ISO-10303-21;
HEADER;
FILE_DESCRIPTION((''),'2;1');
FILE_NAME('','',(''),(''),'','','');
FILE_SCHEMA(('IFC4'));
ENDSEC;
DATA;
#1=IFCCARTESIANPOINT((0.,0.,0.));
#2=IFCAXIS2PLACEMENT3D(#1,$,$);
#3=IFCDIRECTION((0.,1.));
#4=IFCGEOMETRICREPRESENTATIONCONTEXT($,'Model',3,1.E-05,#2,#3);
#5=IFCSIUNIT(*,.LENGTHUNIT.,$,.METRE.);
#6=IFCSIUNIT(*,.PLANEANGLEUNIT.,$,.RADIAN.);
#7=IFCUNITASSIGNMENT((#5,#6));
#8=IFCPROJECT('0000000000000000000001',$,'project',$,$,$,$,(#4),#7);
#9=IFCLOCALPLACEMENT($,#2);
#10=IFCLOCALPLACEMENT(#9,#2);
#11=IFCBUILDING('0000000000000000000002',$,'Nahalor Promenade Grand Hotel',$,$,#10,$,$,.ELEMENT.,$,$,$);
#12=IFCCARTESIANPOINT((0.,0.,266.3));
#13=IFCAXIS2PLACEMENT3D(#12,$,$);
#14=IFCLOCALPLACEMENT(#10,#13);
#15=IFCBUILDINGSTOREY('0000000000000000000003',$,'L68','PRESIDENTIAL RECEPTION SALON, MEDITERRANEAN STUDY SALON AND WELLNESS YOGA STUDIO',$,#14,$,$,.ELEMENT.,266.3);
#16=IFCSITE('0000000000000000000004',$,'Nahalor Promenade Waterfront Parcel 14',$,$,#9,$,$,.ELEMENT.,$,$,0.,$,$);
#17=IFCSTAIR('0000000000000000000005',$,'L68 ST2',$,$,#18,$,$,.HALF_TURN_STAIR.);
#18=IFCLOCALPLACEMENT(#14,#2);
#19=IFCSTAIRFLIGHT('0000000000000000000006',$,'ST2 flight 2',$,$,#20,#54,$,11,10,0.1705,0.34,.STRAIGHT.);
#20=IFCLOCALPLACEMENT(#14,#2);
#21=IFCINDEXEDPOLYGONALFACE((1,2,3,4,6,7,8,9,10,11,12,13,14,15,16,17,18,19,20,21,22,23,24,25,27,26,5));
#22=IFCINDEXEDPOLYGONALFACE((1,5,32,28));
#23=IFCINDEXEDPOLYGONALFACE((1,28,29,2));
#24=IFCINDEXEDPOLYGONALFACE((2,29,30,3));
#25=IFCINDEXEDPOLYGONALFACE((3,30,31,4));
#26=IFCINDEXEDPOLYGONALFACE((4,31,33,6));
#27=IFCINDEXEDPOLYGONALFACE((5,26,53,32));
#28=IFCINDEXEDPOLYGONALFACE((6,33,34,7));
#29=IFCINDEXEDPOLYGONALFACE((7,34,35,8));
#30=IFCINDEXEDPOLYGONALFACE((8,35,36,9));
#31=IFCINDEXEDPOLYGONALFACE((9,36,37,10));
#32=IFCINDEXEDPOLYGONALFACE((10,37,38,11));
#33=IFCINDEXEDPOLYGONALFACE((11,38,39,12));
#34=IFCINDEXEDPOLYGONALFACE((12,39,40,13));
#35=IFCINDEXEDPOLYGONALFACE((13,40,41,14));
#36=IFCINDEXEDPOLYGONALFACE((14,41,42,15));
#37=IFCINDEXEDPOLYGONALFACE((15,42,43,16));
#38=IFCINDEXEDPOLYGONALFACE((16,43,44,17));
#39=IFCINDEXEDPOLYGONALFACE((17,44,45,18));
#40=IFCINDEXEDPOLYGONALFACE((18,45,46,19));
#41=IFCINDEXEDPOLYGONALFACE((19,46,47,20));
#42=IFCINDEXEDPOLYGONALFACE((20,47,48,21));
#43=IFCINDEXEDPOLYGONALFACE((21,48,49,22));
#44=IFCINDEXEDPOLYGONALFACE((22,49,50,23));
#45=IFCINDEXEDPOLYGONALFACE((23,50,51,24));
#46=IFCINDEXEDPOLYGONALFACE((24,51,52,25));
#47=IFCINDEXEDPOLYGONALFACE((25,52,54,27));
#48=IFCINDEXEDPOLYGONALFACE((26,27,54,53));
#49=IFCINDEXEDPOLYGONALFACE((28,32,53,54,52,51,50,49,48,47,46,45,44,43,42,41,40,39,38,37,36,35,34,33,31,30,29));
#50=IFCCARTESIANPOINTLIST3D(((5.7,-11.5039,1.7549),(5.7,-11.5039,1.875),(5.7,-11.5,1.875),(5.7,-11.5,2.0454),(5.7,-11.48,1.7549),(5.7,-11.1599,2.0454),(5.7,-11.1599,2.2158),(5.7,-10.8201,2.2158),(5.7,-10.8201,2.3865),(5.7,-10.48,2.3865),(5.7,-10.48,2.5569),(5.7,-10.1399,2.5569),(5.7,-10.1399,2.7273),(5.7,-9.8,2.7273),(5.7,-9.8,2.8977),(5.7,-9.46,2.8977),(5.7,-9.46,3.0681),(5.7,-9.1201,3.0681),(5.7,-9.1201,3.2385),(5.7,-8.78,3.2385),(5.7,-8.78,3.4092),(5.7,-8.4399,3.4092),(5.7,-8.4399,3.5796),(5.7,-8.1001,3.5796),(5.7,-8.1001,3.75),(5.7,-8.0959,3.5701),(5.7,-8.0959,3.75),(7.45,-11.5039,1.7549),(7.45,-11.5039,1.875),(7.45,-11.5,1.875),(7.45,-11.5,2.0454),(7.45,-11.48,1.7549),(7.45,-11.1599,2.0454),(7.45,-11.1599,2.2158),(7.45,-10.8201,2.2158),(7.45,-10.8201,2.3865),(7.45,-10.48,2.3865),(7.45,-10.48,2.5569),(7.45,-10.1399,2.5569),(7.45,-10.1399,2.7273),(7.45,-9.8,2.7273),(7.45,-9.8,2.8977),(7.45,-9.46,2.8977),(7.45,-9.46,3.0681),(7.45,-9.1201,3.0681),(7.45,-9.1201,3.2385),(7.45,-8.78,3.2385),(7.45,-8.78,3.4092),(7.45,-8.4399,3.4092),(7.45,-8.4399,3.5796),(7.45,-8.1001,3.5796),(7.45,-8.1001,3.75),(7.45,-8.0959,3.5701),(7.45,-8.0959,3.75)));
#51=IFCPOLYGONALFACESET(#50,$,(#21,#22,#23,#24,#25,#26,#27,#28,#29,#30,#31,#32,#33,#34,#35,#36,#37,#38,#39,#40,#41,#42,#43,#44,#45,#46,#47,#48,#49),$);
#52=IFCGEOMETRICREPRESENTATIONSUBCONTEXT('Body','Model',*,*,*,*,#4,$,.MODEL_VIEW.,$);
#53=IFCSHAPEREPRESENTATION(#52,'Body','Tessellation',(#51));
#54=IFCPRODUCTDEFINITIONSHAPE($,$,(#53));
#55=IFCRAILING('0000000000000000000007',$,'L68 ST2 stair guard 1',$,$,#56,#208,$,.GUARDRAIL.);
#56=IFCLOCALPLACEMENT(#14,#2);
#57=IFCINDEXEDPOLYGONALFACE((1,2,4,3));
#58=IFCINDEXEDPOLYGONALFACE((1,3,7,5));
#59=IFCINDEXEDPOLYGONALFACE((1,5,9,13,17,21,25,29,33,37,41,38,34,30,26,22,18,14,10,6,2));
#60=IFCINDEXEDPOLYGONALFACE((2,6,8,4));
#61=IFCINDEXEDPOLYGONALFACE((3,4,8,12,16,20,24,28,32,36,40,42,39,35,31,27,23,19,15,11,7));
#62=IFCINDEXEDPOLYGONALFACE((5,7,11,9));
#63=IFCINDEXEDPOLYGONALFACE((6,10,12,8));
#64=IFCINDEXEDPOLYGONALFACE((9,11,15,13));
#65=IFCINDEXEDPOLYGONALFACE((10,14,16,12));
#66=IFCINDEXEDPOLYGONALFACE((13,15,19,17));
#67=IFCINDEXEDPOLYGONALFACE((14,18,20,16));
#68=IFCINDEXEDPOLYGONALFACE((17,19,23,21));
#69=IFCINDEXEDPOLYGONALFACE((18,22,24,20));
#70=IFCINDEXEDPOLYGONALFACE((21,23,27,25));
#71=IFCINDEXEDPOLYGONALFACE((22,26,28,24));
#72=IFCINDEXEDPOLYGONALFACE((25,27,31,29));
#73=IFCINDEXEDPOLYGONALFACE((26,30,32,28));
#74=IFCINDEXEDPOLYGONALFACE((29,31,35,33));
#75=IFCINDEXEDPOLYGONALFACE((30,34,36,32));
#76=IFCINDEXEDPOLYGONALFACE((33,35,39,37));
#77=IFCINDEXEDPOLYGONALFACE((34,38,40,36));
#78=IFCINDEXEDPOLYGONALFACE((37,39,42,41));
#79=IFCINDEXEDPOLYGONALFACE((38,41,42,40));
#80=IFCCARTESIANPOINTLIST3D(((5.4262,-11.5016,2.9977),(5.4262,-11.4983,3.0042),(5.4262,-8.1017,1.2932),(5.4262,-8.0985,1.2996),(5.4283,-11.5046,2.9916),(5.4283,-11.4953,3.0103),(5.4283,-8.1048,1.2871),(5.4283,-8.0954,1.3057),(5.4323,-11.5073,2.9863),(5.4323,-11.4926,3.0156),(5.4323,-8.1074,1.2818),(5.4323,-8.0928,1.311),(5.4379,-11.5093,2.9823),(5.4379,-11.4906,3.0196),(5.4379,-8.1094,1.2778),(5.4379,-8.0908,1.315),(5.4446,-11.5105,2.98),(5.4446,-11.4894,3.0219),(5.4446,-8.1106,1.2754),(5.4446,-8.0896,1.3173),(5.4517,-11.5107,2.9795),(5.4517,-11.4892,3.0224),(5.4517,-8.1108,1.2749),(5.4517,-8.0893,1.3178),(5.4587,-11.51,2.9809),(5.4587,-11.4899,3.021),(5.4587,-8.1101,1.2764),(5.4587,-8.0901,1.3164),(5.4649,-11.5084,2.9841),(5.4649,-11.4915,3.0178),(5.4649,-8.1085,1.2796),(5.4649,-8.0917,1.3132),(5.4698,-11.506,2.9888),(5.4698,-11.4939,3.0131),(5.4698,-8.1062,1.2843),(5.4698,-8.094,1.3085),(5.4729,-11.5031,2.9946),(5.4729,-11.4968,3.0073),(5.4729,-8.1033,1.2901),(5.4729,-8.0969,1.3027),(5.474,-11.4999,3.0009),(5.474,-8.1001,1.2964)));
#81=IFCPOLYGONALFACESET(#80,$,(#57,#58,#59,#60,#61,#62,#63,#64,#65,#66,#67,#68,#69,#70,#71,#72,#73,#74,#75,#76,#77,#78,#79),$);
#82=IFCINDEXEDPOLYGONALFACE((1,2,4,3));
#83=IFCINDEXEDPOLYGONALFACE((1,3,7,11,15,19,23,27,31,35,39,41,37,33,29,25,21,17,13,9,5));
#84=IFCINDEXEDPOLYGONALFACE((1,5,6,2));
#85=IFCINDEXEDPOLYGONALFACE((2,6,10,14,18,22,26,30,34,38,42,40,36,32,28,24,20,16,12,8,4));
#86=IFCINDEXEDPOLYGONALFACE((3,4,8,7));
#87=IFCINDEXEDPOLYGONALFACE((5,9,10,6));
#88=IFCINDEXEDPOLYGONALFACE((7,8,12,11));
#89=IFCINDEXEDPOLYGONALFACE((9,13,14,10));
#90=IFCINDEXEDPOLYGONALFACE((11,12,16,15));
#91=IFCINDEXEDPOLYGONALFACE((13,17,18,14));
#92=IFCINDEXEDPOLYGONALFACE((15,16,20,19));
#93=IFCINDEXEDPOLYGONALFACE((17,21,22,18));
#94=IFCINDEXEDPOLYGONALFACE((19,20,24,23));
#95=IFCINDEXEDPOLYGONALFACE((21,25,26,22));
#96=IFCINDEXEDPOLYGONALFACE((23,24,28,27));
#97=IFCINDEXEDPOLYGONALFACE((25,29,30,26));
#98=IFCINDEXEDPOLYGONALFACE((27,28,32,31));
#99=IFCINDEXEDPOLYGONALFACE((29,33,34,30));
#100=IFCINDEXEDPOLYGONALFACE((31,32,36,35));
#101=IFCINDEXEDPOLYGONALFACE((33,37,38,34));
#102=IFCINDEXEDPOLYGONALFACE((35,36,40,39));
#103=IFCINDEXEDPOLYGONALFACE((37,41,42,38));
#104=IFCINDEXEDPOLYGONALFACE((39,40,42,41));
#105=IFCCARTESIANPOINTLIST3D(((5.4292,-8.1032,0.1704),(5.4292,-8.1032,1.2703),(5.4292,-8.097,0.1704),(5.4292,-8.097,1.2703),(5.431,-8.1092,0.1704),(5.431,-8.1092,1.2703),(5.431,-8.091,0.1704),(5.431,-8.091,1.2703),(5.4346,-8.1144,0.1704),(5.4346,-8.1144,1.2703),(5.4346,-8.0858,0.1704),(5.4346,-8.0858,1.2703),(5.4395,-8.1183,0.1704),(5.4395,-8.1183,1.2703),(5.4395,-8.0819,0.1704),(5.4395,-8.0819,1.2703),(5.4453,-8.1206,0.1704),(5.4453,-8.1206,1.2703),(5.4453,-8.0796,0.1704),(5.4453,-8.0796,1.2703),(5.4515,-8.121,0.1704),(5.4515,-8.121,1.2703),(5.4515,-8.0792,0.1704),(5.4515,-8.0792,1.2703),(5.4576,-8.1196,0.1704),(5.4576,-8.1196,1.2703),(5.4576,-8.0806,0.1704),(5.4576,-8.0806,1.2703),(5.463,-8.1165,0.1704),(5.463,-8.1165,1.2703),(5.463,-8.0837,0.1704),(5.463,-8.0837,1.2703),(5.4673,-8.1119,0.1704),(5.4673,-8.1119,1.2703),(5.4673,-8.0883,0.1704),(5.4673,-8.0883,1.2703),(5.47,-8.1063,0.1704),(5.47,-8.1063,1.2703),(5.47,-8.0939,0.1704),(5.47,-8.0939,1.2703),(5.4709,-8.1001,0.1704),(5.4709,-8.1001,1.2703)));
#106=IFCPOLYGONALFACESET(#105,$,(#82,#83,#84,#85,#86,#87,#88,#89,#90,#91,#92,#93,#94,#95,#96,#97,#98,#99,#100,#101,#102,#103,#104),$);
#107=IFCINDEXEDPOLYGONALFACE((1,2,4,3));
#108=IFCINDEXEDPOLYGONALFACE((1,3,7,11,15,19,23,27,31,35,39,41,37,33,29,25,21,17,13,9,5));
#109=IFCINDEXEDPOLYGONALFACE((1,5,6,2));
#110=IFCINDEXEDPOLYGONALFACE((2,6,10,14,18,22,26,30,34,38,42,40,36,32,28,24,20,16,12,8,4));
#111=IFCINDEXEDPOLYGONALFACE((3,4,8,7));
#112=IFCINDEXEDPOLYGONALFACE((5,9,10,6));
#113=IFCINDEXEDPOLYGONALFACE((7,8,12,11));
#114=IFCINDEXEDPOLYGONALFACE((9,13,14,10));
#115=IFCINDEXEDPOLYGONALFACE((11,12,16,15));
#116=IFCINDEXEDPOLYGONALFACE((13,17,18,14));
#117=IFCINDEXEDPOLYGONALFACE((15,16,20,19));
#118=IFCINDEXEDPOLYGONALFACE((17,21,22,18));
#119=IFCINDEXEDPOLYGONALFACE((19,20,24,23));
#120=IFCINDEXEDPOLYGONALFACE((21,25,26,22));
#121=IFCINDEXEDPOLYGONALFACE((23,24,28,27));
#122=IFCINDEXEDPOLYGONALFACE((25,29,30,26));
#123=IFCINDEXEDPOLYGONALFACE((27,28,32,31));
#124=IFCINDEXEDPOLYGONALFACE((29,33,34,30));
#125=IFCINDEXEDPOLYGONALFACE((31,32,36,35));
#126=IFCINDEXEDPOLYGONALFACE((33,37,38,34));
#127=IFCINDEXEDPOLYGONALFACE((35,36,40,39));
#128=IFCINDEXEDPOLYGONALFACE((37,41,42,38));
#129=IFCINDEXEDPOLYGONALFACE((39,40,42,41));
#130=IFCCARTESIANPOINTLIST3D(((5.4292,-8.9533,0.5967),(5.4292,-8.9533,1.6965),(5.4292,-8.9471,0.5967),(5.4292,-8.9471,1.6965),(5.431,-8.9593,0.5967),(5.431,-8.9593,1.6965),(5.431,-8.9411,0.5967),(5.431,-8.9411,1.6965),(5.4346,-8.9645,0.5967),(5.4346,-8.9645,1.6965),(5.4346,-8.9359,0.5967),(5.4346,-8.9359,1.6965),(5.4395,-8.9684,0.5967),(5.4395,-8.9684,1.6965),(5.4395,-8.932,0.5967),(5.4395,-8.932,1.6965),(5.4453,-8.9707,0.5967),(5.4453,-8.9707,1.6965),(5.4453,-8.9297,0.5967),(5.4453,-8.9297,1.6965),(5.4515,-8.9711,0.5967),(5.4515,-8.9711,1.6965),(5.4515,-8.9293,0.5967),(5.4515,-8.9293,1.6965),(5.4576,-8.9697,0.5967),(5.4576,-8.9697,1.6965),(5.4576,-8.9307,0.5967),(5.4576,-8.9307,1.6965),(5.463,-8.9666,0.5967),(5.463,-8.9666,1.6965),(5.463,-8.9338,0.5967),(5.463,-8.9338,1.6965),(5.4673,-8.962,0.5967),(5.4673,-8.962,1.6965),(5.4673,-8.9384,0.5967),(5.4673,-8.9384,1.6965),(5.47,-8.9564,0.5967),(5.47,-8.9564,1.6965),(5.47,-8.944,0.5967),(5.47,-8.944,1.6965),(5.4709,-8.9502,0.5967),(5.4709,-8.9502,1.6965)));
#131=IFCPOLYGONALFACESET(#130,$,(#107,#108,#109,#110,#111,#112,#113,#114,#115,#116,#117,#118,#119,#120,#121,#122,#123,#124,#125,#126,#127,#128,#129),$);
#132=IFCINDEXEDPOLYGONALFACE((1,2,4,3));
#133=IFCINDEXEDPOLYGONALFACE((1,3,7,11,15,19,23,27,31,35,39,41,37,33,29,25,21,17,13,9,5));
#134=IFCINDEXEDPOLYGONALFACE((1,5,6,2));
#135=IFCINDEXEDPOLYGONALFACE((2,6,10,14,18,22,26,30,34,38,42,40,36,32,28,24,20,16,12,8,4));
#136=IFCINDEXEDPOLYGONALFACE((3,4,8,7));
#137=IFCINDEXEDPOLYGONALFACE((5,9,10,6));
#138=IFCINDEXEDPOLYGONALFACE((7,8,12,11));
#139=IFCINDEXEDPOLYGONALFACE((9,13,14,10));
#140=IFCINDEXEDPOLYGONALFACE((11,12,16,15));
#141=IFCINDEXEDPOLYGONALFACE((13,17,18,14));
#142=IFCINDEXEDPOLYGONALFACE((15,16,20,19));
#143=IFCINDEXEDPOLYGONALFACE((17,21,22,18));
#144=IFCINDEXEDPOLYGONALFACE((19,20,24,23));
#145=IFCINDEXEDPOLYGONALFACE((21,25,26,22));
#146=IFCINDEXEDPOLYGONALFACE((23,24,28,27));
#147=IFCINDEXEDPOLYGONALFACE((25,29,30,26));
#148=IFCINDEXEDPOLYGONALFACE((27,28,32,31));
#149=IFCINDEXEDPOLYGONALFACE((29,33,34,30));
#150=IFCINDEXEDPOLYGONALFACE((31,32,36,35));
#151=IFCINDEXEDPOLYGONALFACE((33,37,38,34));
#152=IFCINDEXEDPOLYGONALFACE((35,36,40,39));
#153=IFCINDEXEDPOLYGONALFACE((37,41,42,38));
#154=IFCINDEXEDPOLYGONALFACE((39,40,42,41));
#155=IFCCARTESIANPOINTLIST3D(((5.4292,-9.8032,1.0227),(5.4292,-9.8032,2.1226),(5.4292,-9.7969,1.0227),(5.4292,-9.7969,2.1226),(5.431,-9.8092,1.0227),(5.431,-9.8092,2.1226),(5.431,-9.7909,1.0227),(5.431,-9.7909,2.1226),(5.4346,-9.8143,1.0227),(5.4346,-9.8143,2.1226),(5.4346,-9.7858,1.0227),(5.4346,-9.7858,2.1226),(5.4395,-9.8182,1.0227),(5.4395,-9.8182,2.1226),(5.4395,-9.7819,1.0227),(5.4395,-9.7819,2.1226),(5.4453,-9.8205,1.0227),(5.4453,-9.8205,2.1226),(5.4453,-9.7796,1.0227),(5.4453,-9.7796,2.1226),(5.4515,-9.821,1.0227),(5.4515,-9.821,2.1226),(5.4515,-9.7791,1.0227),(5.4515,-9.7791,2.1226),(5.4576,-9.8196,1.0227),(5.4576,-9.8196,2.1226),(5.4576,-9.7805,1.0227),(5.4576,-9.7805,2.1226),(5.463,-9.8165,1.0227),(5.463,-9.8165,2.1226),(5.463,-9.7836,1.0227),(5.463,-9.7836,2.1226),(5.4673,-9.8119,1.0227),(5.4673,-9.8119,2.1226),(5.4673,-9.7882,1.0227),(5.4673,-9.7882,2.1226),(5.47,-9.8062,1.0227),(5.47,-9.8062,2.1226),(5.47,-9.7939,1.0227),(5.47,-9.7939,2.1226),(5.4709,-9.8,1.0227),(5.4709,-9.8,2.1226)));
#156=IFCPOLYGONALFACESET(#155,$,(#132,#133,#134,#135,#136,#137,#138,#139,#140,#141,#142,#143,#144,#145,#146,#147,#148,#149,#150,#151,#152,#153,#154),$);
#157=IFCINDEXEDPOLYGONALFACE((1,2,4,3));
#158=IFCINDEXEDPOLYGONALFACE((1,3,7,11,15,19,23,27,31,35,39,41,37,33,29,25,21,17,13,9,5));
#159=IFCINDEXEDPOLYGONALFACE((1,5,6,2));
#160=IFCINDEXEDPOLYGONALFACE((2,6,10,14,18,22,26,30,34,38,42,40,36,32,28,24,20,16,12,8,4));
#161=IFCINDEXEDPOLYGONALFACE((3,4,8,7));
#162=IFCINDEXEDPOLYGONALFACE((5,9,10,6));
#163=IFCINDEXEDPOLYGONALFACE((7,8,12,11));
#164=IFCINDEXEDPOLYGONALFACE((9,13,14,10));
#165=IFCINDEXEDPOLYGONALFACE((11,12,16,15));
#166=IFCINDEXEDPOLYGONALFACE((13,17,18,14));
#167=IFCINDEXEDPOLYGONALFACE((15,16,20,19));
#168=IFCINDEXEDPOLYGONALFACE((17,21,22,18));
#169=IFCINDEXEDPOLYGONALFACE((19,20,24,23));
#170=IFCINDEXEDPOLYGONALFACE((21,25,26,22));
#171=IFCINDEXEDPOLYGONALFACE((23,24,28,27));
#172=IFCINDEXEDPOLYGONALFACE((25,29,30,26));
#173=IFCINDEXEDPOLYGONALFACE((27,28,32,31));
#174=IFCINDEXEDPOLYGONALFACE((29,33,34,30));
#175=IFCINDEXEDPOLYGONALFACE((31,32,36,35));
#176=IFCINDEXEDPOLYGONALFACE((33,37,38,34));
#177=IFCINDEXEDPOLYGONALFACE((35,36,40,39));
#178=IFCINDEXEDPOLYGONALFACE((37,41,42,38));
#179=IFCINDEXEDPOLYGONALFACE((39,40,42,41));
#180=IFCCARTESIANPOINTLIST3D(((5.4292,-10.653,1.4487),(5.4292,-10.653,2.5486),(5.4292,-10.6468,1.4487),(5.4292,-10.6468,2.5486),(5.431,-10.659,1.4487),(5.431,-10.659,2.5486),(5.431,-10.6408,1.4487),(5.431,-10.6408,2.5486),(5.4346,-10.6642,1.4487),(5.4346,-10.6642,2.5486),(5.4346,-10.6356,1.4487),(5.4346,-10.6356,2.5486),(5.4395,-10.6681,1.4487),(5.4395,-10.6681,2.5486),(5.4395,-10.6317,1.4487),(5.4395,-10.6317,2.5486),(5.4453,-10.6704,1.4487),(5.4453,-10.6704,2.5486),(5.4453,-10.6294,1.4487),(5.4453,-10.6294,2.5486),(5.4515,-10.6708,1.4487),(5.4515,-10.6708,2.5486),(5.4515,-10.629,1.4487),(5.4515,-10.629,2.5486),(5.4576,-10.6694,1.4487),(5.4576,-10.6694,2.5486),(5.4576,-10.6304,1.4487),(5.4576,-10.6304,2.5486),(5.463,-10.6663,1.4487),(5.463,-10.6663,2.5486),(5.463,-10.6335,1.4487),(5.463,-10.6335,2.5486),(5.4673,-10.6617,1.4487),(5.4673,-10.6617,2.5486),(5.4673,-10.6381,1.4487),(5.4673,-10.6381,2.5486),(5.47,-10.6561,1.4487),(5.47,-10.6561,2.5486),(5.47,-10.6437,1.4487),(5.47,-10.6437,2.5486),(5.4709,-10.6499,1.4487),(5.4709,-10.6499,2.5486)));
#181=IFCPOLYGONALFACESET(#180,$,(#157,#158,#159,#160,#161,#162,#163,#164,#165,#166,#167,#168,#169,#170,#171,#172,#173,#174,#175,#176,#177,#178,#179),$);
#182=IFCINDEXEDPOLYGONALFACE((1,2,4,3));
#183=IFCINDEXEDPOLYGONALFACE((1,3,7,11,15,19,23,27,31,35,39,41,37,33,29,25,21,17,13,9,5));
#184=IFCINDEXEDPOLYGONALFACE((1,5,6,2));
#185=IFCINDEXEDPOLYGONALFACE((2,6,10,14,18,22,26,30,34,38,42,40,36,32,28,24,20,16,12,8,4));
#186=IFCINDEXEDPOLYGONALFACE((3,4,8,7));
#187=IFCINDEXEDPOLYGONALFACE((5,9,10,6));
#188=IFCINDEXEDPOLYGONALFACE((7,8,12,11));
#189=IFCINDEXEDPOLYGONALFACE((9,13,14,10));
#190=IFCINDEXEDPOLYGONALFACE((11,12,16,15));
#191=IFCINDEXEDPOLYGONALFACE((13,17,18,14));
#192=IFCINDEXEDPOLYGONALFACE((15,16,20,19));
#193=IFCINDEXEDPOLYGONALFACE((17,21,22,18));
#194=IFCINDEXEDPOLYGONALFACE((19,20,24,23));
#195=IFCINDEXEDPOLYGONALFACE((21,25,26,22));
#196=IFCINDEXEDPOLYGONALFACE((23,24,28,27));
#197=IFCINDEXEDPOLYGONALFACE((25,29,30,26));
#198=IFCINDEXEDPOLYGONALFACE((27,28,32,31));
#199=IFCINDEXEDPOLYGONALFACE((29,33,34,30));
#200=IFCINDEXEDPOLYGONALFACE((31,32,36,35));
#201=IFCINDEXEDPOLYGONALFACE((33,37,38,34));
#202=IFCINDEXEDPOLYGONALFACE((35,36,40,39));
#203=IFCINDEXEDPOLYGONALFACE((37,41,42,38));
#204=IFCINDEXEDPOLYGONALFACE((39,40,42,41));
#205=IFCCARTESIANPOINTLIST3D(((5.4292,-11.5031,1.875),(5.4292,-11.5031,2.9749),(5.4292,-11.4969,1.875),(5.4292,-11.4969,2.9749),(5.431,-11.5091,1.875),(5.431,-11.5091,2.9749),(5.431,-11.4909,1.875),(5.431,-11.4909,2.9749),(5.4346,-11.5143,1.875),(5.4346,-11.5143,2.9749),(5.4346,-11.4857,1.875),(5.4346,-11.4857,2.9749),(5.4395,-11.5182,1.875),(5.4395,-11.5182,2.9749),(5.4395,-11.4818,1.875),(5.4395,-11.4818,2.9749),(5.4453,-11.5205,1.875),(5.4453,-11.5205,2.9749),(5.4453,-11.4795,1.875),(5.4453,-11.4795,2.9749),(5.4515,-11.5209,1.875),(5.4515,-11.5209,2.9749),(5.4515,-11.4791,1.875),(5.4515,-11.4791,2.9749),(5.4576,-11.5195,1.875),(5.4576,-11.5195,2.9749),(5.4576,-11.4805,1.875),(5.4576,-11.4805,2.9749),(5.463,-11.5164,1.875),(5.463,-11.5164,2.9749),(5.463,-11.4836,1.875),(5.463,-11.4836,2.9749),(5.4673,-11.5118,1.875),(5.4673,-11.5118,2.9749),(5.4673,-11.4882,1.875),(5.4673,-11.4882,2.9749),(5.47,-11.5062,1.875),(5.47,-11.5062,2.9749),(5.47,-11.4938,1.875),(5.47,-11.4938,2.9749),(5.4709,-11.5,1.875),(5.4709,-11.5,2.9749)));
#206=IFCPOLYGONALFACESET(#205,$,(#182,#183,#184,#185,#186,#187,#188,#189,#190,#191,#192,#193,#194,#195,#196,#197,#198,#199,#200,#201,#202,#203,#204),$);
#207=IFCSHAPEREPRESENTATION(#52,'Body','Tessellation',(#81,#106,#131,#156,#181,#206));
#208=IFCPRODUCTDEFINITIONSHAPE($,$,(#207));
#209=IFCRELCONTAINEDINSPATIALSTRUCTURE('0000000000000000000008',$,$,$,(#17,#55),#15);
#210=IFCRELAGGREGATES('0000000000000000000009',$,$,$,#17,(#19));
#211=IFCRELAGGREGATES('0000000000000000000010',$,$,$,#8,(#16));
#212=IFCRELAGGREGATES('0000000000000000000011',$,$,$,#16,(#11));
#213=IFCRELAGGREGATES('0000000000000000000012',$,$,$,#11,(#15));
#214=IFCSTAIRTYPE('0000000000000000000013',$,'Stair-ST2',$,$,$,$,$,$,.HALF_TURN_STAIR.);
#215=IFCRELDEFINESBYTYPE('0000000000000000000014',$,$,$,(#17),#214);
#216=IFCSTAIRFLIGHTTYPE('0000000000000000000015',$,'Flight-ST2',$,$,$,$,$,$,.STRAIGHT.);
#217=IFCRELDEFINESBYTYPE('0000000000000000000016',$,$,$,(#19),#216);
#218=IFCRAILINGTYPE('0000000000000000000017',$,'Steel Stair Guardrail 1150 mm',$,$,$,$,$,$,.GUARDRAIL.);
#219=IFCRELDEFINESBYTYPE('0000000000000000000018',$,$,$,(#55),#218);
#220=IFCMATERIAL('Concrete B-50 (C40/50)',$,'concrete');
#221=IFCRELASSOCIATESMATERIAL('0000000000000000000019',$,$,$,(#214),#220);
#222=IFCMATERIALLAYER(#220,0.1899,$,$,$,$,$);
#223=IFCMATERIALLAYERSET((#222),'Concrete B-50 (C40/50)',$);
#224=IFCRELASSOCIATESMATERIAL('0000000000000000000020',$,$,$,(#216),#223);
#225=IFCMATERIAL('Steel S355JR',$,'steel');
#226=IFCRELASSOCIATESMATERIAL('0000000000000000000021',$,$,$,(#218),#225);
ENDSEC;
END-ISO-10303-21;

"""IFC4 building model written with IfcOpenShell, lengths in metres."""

from ifc_helpers import new_model, si_unit, direction, frame, origin, origin_2d, place, context, subcontext, project, spatial, polyline, circle, outline, extrude, source, transform, mapped, material, layer, layer_set, type_object, element, aggregate, save


model = new_model("IFC4")

# Units and contexts
model_context = context("Model", 3, precision=1e-05, world=origin(), true_north=direction((0.0, 1.0)))
body_context = subcontext(model_context, "Body", "Model", "MODEL_VIEW")
ifc_project = project(units=[si_unit("LENGTHUNIT", "METRE"), si_unit("PLANEANGLEUNIT", "RADIAN")], contexts=[model_context])

# Site, building, storey
site_placement = place(None, origin())
site = spatial("IfcSite", under=ifc_project, at=site_placement, Name="Nahalor Promenade Waterfront Parcel 14", CompositionType="ELEMENT", RefElevation=0.0)
building_placement = place(site_placement, origin())
building = spatial("IfcBuilding", under=site, at=building_placement, Name="Nahalor Promenade Grand Hotel", CompositionType="ELEMENT")
storey_placement = place(building_placement, frame((0.0, 0.0, 266.3)))
storey = spatial("IfcBuildingStorey", under=building, at=storey_placement, Name="L68", Description="PRESIDENTIAL RECEPTION SALON, MEDITERRANEAN STUDY SALON AND WELLNESS YOGA STUDIO", CompositionType="ELEMENT", Elevation=266.3)

# Shared definitions
ifc_material_1 = material(Name="Steel S355JR", Category="steel")

# Shared definitions
ifc_material_2 = material(Name="Concrete B-50 (C40/50)", Category="concrete")

# Stair, stair flight
stair_type = type_object("IfcStairType", Name="Stair-ST2", PredefinedType="HALF_TURN_STAIR", material=ifc_material_2)
stair_placement = place(storey_placement, origin())
stair = element("IfcStair", 1, at=stair_placement, inside=storey, type_object=stair_type, Name="L68 ST2", PredefinedType="HALF_TURN_STAIR")
ifc_layer_1 = layer(ifc_material_2, 0.1899)
ifc_layer_set_1 = layer_set([ifc_layer_1], Name="Concrete B-50 (C40/50)")
stair_flight_type = type_object("IfcStairFlightType", Name="Flight-ST2", PredefinedType="STRAIGHT", material=ifc_layer_set_1)
shared_shape_1 = source(origin(), body_context, "Body", "SweptSolid", [
    extrude(outline(polyline([(-0.0039, -0.1201), (-0.0039, 0.0), (0.0, 0.0), (0.0, 0.1704), (0.3401, 0.1704), (0.3401, 0.3408), (0.6799, 0.3408), (0.6799, 0.5115), (1.02, 0.5115), (1.02, 0.6819), (1.3601, 0.6819), (1.3601, 0.8523), (1.7, 0.8523), (1.7, 1.0227), (2.04, 1.0227), (2.04, 1.1931), (2.3799, 1.1931), (2.3799, 1.3635), (2.72, 1.3635), (2.72, 1.5342), (3.0601, 1.5342), (3.0601, 1.7046), (3.3999, 1.7046), (3.3999, 1.875), (3.4041, 1.875), (3.4041, 1.6951), (0.02, -0.1201), (-0.0039, -0.1201)])), frame((0.0, 0.875, 0.0), z_axis=(0.0, -1.0, 0.0), x_axis=(1.0, 0.0, 0.0)), (0.0, 0.0, 1.0), 1.75),
])
stair_flight_1_placement = place(storey_placement, frame((6.575, -11.5, 1.875), z_axis=(0.0, 0.0, 1.0), x_axis=(0.0, 1.0, 0.0)))
stair_flight_1 = element("IfcStairFlight", 2, at=stair_flight_1_placement, type_object=stair_flight_type, Name="ST2 flight 2", NumberOfRisers=11, NumberOfTreads=10, PredefinedType="STRAIGHT", RiserHeight=0.1705, TreadLength=0.34, context=body_context, shape_type="MappedRepresentation", body=[
    mapped(shared_shape_1, transform((0.0, 0.0, 0.0), scale=1.0)),
])
aggregate(stair, [stair_flight_1])

# Railing
railing_type_1 = type_object("IfcRailingType", Name="Steel Stair Guardrail 1150 mm", PredefinedType="GUARDRAIL", material=ifc_material_1)
railing_1_placement = place(storey_placement, frame((5.45, -8.1001, 0.1704)))
element("IfcRailing", 3, at=railing_1_placement, inside=storey, type_object=railing_type_1, Name="L68 ST2 stair guard 1", PredefinedType="GUARDRAIL", context=body_context, shape_type="SweptSolid", body=[
    extrude(circle(Radius=0.024, at=origin_2d()), frame((0.0, 0.0, 1.126), z_axis=(0.0, -0.893939, 0.448189), x_axis=(1.0, 0.0, 0.0)), (0.0, 0.0, 1.0), 3.8032),
    extrude(circle(Radius=0.021, at=origin_2d()), origin(), (0.0, 0.0, 1.0), 1.0999),
    extrude(circle(Radius=0.021, at=origin_2d()), frame((0.0, -0.8501, 0.4263)), (0.0, 0.0, 1.0), 1.0999),
    extrude(circle(Radius=0.021, at=origin_2d()), frame((0.0, -1.7, 0.8523)), (0.0, 0.0, 1.0), 1.0999),
    extrude(circle(Radius=0.021, at=origin_2d()), frame((0.0, -2.5498, 1.2783)), (0.0, 0.0, 1.0), 1.0999),
    extrude(circle(Radius=0.021, at=origin_2d()), frame((0.0, -3.3999, 1.7046)), (0.0, 0.0, 1.0), 1.0999),
])

save(model, "model.ifc")
